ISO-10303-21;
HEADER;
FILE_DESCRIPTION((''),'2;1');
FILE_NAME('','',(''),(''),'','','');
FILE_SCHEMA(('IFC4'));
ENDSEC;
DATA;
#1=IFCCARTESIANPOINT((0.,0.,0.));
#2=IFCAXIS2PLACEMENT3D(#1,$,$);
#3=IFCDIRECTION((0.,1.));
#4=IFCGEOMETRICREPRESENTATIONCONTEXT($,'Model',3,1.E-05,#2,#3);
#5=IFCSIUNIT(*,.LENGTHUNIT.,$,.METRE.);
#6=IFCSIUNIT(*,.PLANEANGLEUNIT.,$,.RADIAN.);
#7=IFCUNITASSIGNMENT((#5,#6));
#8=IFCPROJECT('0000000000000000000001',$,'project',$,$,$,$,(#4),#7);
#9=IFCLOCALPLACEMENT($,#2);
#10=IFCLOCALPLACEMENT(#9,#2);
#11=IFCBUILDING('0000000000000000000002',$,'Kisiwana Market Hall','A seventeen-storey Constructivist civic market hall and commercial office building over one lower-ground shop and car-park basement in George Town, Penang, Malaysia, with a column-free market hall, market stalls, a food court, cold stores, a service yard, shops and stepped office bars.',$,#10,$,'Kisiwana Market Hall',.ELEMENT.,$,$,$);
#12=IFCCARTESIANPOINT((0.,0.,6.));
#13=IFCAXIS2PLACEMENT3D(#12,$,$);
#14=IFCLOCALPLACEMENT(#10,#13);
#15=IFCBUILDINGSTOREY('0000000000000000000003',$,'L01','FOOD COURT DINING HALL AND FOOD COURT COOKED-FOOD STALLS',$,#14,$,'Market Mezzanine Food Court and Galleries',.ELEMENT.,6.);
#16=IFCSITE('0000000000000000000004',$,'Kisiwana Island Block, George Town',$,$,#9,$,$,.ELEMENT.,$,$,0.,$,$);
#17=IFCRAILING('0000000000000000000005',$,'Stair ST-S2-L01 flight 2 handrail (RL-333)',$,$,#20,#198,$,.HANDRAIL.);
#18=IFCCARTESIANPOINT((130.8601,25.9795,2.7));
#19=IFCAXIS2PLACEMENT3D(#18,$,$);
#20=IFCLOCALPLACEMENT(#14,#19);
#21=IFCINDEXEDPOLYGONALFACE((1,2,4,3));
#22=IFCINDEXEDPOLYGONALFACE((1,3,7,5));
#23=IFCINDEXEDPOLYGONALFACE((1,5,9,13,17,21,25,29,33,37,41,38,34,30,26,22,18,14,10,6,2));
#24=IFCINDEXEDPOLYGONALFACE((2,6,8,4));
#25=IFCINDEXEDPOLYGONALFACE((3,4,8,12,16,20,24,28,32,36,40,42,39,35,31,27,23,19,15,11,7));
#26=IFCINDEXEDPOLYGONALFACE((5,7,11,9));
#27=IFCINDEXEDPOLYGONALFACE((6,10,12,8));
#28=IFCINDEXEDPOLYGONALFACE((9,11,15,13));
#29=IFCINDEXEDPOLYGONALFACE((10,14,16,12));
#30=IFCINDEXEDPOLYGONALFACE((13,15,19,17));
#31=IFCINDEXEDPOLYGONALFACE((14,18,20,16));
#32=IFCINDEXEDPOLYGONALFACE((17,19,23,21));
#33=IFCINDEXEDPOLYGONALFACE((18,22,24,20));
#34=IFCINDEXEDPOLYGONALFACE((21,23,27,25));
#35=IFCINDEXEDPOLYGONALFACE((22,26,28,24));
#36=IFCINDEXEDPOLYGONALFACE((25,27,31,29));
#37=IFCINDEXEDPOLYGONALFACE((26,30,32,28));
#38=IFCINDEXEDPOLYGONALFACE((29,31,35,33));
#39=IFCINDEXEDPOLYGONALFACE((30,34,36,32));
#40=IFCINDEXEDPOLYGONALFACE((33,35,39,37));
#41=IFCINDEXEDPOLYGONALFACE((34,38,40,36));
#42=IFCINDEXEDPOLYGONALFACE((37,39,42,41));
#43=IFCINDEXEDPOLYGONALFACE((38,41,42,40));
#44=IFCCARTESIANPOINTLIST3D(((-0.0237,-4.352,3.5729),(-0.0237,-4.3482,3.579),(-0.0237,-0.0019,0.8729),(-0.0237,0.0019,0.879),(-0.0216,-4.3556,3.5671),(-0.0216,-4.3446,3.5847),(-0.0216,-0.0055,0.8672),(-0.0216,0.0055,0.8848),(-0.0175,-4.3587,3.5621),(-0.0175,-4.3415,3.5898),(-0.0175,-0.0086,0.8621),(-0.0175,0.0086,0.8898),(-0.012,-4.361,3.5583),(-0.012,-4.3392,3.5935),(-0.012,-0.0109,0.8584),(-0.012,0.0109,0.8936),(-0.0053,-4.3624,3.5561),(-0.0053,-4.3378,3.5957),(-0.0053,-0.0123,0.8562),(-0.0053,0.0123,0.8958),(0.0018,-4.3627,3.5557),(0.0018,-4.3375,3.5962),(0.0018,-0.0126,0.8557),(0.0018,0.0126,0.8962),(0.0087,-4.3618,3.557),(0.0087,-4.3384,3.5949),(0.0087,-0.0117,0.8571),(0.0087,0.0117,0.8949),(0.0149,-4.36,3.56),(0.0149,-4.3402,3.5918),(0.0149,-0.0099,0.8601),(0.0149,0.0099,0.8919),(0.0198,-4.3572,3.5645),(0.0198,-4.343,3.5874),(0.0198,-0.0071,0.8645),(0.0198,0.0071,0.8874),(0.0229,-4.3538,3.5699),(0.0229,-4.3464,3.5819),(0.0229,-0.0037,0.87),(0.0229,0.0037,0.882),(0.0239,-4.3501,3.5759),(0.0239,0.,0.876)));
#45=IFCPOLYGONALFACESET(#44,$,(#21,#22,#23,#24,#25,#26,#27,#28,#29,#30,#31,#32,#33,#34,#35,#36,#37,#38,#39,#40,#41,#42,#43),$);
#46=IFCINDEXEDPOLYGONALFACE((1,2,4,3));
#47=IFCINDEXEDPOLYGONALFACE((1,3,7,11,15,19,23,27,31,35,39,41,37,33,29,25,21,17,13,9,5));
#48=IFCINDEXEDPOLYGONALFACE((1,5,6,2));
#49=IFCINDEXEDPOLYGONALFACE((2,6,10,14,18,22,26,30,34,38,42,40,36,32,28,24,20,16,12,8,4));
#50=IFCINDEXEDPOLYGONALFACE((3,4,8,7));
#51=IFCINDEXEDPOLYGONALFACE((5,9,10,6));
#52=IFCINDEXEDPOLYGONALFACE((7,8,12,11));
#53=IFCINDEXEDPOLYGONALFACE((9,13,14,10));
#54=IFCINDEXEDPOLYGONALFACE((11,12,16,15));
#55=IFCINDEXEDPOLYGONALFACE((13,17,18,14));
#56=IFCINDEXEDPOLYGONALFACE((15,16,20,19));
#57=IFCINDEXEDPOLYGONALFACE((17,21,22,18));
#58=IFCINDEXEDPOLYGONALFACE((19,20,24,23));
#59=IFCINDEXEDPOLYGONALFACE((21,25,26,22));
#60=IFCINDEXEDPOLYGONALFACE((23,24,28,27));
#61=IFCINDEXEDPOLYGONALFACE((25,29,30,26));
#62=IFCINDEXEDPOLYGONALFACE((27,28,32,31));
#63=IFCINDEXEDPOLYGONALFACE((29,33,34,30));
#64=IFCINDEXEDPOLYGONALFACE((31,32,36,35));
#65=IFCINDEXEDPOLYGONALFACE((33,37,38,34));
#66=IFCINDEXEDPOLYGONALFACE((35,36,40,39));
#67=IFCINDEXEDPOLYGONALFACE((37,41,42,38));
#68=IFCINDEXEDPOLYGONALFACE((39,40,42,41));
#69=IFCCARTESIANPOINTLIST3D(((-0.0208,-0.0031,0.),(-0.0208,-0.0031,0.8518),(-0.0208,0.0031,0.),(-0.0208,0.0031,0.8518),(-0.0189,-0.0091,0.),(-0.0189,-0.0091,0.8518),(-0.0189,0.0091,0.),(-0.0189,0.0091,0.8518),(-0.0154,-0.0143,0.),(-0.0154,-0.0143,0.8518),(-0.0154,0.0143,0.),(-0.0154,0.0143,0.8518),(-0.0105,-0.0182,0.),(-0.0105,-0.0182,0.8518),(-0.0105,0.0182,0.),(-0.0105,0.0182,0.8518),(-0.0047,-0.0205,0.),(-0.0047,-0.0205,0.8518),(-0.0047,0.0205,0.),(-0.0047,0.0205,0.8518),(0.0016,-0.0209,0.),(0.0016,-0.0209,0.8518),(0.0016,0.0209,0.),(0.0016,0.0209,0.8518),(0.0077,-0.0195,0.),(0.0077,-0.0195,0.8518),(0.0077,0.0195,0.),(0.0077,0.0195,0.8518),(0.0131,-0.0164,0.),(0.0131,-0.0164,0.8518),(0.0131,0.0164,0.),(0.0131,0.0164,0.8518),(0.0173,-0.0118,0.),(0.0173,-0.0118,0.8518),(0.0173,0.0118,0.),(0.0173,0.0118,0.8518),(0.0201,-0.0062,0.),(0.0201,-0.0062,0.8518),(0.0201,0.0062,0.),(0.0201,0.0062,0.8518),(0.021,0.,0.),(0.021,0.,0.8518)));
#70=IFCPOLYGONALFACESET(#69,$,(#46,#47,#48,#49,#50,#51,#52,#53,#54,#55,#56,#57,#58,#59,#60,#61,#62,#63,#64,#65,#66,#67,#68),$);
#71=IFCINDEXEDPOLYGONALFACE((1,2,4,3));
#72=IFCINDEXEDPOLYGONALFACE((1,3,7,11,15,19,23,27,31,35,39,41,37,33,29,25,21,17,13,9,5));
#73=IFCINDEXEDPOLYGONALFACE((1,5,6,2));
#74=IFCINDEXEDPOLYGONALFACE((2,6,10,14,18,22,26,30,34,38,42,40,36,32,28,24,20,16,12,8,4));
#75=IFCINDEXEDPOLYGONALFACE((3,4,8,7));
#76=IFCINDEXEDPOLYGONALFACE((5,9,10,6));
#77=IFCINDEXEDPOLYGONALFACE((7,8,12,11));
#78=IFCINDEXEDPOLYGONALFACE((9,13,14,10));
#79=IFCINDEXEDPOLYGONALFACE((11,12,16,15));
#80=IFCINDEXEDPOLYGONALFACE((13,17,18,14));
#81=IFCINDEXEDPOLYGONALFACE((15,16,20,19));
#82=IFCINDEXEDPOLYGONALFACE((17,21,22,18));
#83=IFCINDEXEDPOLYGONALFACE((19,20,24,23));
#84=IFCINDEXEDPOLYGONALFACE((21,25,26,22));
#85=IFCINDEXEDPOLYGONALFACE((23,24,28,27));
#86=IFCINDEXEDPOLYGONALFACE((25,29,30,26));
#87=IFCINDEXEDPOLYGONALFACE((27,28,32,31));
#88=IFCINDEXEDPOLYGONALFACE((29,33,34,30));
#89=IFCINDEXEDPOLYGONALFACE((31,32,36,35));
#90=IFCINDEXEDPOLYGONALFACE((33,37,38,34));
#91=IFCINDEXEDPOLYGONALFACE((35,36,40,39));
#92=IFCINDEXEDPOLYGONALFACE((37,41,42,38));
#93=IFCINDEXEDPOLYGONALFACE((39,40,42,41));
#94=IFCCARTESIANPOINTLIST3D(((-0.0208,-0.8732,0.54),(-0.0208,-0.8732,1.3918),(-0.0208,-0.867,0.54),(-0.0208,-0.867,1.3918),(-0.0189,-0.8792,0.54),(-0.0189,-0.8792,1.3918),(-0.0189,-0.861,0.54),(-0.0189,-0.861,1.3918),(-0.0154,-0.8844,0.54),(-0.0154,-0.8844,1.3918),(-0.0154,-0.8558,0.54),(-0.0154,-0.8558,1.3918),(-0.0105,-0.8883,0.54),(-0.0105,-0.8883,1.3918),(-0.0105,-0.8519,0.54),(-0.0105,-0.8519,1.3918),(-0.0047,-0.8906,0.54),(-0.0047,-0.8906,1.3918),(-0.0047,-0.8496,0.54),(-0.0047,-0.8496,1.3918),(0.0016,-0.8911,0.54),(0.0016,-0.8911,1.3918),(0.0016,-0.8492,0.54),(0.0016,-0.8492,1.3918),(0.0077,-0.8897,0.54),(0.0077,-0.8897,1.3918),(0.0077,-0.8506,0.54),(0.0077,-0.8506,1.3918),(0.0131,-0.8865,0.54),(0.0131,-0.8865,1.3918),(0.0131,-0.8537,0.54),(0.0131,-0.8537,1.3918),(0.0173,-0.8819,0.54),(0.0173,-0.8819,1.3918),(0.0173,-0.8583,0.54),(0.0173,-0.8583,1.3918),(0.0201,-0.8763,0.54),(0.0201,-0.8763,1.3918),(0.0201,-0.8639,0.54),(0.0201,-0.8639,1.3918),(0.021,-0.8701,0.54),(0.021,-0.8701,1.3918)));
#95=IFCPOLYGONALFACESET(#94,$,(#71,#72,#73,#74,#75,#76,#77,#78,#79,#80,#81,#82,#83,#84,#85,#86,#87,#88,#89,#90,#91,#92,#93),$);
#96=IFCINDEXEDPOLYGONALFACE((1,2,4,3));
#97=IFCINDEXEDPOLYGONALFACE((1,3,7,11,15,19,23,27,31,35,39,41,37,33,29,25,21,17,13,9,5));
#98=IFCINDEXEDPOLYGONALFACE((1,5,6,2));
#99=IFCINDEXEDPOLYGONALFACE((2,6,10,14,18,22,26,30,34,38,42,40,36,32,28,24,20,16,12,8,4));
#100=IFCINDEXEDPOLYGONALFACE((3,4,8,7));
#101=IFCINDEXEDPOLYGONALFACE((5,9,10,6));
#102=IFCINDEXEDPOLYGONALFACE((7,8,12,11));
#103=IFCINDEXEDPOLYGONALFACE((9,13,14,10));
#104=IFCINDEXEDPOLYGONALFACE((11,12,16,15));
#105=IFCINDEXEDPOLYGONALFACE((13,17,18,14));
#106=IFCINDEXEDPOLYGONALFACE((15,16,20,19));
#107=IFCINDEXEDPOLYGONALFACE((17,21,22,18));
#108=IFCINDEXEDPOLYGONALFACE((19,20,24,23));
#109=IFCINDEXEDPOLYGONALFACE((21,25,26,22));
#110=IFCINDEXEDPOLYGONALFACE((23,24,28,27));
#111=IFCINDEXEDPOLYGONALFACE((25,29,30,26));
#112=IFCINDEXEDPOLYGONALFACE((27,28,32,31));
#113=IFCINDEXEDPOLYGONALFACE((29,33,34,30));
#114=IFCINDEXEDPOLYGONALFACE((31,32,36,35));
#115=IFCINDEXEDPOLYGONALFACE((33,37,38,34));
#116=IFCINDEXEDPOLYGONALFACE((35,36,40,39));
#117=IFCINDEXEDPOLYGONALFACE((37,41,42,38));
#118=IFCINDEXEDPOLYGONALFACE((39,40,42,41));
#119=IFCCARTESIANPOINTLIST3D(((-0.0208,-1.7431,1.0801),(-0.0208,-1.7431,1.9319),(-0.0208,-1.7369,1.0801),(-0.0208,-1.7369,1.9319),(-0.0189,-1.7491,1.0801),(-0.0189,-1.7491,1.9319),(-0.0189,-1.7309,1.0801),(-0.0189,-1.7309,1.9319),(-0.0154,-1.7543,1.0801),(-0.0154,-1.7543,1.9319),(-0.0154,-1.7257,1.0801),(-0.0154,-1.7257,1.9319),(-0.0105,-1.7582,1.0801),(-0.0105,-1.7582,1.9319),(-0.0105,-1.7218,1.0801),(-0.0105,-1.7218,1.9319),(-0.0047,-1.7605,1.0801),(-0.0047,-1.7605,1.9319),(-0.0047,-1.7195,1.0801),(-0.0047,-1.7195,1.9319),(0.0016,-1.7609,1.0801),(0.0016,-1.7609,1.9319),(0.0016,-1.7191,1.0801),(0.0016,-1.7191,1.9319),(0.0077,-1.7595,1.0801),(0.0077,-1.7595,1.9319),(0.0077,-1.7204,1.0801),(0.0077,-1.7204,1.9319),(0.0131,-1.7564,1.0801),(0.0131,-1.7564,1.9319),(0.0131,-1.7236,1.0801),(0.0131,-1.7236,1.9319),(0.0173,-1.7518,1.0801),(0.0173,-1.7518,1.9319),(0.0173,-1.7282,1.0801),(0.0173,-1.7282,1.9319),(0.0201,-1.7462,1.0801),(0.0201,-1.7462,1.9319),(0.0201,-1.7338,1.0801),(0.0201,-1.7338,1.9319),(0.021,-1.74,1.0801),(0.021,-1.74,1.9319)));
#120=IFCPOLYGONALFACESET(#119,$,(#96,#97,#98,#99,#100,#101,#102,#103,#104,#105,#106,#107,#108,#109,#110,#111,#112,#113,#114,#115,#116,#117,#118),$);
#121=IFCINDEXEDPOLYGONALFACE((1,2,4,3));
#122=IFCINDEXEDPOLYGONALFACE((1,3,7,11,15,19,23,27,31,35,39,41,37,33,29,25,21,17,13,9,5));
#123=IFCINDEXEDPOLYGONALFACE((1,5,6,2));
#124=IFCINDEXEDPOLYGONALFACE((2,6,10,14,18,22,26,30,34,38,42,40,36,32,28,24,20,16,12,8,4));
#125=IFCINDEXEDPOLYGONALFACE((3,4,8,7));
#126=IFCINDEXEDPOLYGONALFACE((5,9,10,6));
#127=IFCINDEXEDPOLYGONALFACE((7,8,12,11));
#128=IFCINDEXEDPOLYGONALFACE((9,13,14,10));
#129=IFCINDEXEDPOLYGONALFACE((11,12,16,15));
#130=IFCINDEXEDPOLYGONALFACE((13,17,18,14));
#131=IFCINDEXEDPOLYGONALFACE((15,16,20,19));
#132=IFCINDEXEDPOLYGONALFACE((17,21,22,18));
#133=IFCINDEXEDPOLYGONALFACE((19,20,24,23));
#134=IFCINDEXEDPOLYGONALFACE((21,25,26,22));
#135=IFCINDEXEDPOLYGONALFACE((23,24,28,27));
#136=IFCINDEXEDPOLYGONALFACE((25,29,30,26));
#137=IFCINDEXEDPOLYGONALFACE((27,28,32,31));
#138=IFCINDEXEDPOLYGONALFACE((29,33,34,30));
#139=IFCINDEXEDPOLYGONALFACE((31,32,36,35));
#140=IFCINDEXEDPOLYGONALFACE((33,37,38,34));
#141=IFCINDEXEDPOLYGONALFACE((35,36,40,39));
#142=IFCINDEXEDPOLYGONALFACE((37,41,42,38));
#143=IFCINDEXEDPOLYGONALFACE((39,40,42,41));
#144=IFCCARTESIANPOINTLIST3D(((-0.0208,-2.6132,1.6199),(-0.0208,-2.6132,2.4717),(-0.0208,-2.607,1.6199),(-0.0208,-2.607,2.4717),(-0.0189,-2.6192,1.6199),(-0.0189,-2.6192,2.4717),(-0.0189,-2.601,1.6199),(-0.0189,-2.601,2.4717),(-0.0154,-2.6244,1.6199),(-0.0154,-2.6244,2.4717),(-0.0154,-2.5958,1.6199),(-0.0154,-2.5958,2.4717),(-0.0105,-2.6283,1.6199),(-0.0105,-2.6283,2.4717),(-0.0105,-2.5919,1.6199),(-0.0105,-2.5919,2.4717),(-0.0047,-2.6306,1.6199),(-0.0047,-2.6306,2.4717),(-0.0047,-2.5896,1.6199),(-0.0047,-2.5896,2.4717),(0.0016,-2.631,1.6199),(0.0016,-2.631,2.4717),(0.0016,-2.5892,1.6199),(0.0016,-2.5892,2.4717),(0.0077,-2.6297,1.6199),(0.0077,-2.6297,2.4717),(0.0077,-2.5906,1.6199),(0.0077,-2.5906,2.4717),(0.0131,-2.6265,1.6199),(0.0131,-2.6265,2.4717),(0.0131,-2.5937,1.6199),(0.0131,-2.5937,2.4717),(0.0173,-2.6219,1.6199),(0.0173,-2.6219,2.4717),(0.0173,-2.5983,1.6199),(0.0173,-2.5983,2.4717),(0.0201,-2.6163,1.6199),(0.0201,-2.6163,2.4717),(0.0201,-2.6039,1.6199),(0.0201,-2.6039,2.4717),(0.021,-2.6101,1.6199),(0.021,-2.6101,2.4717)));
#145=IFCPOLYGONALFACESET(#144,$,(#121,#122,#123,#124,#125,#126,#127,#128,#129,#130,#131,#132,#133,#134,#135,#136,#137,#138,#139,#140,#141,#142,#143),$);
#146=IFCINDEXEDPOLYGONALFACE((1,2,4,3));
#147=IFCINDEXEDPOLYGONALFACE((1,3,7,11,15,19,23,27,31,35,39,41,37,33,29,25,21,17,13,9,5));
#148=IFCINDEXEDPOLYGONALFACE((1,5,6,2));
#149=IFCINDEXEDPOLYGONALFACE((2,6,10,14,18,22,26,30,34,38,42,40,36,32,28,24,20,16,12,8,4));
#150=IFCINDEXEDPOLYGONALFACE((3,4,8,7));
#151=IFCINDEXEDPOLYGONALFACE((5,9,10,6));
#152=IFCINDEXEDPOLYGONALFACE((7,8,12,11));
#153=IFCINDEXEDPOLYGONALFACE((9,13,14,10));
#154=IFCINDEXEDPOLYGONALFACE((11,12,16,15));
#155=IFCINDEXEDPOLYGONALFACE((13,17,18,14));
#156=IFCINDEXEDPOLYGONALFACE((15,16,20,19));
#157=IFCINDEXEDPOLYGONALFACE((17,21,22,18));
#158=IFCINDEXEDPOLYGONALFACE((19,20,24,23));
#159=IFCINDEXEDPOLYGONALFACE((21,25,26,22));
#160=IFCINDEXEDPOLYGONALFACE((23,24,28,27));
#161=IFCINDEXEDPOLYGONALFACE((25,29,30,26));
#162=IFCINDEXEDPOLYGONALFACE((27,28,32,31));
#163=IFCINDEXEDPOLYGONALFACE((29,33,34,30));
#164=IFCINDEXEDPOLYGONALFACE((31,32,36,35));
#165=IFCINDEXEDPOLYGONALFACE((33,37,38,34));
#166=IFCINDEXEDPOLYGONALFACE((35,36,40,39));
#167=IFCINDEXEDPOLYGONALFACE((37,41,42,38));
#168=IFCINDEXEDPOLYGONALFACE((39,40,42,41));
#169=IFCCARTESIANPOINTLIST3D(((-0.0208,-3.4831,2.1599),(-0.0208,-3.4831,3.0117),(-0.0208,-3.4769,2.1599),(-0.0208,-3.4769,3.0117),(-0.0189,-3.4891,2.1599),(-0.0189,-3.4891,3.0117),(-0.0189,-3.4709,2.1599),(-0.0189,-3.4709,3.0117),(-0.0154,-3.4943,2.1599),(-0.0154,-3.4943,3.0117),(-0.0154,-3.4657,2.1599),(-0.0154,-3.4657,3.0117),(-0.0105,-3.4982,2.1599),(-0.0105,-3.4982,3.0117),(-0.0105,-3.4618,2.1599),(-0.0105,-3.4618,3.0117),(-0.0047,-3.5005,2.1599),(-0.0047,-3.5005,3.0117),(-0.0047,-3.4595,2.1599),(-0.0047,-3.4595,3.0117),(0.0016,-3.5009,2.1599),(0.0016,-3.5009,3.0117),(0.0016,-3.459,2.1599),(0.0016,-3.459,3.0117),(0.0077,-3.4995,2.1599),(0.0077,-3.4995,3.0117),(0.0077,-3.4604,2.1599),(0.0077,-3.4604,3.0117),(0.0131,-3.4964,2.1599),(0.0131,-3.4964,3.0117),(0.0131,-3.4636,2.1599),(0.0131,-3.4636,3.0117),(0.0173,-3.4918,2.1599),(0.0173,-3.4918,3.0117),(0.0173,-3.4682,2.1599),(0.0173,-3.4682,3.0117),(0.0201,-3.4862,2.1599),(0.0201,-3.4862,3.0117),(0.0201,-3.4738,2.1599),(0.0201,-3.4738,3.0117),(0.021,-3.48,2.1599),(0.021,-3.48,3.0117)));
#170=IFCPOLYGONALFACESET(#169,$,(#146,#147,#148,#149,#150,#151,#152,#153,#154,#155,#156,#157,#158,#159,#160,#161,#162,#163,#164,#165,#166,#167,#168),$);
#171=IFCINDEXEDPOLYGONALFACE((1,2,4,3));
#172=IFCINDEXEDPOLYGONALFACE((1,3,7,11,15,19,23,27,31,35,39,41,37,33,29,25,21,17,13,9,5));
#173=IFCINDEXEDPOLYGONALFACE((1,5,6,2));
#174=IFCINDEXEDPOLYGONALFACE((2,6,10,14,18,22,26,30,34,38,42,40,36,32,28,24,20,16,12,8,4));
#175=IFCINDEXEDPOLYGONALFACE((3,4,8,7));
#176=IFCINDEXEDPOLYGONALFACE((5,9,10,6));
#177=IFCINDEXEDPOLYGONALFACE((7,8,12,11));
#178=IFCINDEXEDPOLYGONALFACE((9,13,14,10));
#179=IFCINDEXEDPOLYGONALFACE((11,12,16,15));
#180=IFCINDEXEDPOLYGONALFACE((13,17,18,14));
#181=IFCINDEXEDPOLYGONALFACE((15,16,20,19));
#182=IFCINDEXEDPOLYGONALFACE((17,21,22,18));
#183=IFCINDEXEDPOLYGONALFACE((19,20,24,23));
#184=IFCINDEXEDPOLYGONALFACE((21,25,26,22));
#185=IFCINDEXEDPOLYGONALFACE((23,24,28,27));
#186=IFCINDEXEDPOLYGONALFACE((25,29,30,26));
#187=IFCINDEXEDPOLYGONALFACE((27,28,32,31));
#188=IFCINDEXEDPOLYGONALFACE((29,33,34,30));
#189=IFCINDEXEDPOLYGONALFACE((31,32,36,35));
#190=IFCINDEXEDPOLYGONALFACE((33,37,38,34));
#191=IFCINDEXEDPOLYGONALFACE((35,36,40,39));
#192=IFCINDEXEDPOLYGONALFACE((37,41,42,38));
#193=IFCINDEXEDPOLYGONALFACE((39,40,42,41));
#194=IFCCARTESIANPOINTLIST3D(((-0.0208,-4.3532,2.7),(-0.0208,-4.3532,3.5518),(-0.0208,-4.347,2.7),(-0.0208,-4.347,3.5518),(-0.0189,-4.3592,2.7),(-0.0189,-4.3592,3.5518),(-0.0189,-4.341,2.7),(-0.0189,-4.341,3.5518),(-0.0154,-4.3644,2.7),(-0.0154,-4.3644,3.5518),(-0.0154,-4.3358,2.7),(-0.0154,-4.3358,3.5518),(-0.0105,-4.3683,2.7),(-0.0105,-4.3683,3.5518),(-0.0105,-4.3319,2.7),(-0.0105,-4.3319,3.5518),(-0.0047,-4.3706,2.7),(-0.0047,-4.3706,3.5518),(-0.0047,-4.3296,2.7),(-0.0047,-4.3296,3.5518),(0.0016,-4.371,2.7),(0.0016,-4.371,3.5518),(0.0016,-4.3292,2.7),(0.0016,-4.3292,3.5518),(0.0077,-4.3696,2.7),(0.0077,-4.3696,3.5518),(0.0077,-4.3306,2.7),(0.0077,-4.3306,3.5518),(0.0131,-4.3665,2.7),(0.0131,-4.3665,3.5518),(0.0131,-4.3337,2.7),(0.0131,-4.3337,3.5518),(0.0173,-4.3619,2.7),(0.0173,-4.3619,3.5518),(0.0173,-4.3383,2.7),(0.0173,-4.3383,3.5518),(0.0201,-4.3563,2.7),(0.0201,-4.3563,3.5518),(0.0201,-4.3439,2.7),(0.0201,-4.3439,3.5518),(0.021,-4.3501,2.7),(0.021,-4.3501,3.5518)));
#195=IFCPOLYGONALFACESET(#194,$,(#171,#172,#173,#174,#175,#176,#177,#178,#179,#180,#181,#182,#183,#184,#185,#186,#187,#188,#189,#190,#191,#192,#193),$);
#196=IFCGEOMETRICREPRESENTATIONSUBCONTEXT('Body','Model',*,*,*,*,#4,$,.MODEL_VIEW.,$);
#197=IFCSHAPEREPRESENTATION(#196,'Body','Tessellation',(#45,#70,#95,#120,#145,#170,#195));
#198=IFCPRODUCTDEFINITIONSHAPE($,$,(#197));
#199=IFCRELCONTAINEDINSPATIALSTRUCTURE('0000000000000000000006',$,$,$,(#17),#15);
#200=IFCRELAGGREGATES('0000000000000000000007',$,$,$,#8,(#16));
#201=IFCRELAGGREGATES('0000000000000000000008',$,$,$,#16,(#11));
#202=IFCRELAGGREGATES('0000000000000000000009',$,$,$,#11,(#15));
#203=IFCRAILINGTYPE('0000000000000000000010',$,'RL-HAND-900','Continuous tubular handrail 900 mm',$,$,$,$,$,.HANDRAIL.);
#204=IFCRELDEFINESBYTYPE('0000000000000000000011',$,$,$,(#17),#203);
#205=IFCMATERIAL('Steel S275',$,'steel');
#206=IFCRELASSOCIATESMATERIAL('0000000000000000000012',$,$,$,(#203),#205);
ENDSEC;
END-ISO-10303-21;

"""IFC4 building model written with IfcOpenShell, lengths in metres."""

from ifc_helpers import new_model, si_unit, direction, frame, origin, origin_2d, place, context, subcontext, project, spatial, circle, extrude, material, type_object, element, save


model = new_model("IFC4")

# Units and contexts
model_context = context("Model", 3, precision=1e-05, world=origin(), true_north=direction((0.0, 1.0)))
body_context = subcontext(model_context, "Body", "Model", "MODEL_VIEW")
ifc_project = project(units=[si_unit("LENGTHUNIT", "METRE"), si_unit("PLANEANGLEUNIT", "RADIAN")], contexts=[model_context])

# Site, building, storey
site_placement = place(None, origin())
site = spatial("IfcSite", under=ifc_project, at=site_placement, Name="Kisiwana Island Block, George Town", CompositionType="ELEMENT", RefElevation=0.0)
building_placement = place(site_placement, origin())
building = spatial("IfcBuilding", under=site, at=building_placement, Name="Kisiwana Market Hall", Description="A seventeen-storey Constructivist civic market hall and commercial office building over one lower-ground shop and car-park basement in George Town, Penang, Malaysia, with a column-free market hall, market stalls, a food court, cold stores, a service yard, shops and stepped office bars.", LongName="Kisiwana Market Hall", CompositionType="ELEMENT")
storey_placement = place(building_placement, frame((0.0, 0.0, 6.0)))
storey = spatial("IfcBuildingStorey", under=building, at=storey_placement, Name="L01", Description="FOOD COURT DINING HALL AND FOOD COURT COOKED-FOOD STALLS", LongName="Market Mezzanine Food Court and Galleries", CompositionType="ELEMENT", Elevation=6.0)

# Railing
ifc_material_1 = material(Name="Steel S275", Category="steel")
railing_type_1 = type_object("IfcRailingType", Name="RL-HAND-900", Description="Continuous tubular handrail 900 mm", PredefinedType="HANDRAIL", material=ifc_material_1)
for number, where, name in (
    (1, (130.8601, 25.9795, 2.7), "Stair ST-S2-L01 flight 2 handrail (RL-333)"),
):
    element("IfcRailing", number, at=place(storey_placement, frame(where)), inside=storey, type_object=railing_type_1, Name=name, PredefinedType="HANDRAIL", context=body_context, shape_type="SweptSolid", body=[
        extrude(circle(Radius=0.0239, at=origin_2d()), frame((0.0, 0.0, 0.876), z_axis=(0.0, -0.84965, 0.527347), x_axis=(1.0, 0.0, 0.0)), (0.0, 0.0, 1.0), 5.1199),
        extrude(circle(Radius=0.021, at=origin_2d()), origin(), (0.0, 0.0, 1.0), 0.8518),
        extrude(circle(Radius=0.021, at=origin_2d()), frame((0.0, -0.8701, 0.54)), (0.0, 0.0, 1.0), 0.8518),
        extrude(circle(Radius=0.021, at=origin_2d()), frame((0.0, -1.74, 1.0801)), (0.0, 0.0, 1.0), 0.8518),
        extrude(circle(Radius=0.021, at=origin_2d()), frame((0.0, -2.6101, 1.6199)), (0.0, 0.0, 1.0), 0.8518),
        extrude(circle(Radius=0.021, at=origin_2d()), frame((0.0, -3.48, 2.1599)), (0.0, 0.0, 1.0), 0.8518),
        extrude(circle(Radius=0.021, at=origin_2d()), frame((0.0, -4.3501, 2.7)), (0.0, 0.0, 1.0), 0.8518),
    ])

save(model, "model.ifc")
